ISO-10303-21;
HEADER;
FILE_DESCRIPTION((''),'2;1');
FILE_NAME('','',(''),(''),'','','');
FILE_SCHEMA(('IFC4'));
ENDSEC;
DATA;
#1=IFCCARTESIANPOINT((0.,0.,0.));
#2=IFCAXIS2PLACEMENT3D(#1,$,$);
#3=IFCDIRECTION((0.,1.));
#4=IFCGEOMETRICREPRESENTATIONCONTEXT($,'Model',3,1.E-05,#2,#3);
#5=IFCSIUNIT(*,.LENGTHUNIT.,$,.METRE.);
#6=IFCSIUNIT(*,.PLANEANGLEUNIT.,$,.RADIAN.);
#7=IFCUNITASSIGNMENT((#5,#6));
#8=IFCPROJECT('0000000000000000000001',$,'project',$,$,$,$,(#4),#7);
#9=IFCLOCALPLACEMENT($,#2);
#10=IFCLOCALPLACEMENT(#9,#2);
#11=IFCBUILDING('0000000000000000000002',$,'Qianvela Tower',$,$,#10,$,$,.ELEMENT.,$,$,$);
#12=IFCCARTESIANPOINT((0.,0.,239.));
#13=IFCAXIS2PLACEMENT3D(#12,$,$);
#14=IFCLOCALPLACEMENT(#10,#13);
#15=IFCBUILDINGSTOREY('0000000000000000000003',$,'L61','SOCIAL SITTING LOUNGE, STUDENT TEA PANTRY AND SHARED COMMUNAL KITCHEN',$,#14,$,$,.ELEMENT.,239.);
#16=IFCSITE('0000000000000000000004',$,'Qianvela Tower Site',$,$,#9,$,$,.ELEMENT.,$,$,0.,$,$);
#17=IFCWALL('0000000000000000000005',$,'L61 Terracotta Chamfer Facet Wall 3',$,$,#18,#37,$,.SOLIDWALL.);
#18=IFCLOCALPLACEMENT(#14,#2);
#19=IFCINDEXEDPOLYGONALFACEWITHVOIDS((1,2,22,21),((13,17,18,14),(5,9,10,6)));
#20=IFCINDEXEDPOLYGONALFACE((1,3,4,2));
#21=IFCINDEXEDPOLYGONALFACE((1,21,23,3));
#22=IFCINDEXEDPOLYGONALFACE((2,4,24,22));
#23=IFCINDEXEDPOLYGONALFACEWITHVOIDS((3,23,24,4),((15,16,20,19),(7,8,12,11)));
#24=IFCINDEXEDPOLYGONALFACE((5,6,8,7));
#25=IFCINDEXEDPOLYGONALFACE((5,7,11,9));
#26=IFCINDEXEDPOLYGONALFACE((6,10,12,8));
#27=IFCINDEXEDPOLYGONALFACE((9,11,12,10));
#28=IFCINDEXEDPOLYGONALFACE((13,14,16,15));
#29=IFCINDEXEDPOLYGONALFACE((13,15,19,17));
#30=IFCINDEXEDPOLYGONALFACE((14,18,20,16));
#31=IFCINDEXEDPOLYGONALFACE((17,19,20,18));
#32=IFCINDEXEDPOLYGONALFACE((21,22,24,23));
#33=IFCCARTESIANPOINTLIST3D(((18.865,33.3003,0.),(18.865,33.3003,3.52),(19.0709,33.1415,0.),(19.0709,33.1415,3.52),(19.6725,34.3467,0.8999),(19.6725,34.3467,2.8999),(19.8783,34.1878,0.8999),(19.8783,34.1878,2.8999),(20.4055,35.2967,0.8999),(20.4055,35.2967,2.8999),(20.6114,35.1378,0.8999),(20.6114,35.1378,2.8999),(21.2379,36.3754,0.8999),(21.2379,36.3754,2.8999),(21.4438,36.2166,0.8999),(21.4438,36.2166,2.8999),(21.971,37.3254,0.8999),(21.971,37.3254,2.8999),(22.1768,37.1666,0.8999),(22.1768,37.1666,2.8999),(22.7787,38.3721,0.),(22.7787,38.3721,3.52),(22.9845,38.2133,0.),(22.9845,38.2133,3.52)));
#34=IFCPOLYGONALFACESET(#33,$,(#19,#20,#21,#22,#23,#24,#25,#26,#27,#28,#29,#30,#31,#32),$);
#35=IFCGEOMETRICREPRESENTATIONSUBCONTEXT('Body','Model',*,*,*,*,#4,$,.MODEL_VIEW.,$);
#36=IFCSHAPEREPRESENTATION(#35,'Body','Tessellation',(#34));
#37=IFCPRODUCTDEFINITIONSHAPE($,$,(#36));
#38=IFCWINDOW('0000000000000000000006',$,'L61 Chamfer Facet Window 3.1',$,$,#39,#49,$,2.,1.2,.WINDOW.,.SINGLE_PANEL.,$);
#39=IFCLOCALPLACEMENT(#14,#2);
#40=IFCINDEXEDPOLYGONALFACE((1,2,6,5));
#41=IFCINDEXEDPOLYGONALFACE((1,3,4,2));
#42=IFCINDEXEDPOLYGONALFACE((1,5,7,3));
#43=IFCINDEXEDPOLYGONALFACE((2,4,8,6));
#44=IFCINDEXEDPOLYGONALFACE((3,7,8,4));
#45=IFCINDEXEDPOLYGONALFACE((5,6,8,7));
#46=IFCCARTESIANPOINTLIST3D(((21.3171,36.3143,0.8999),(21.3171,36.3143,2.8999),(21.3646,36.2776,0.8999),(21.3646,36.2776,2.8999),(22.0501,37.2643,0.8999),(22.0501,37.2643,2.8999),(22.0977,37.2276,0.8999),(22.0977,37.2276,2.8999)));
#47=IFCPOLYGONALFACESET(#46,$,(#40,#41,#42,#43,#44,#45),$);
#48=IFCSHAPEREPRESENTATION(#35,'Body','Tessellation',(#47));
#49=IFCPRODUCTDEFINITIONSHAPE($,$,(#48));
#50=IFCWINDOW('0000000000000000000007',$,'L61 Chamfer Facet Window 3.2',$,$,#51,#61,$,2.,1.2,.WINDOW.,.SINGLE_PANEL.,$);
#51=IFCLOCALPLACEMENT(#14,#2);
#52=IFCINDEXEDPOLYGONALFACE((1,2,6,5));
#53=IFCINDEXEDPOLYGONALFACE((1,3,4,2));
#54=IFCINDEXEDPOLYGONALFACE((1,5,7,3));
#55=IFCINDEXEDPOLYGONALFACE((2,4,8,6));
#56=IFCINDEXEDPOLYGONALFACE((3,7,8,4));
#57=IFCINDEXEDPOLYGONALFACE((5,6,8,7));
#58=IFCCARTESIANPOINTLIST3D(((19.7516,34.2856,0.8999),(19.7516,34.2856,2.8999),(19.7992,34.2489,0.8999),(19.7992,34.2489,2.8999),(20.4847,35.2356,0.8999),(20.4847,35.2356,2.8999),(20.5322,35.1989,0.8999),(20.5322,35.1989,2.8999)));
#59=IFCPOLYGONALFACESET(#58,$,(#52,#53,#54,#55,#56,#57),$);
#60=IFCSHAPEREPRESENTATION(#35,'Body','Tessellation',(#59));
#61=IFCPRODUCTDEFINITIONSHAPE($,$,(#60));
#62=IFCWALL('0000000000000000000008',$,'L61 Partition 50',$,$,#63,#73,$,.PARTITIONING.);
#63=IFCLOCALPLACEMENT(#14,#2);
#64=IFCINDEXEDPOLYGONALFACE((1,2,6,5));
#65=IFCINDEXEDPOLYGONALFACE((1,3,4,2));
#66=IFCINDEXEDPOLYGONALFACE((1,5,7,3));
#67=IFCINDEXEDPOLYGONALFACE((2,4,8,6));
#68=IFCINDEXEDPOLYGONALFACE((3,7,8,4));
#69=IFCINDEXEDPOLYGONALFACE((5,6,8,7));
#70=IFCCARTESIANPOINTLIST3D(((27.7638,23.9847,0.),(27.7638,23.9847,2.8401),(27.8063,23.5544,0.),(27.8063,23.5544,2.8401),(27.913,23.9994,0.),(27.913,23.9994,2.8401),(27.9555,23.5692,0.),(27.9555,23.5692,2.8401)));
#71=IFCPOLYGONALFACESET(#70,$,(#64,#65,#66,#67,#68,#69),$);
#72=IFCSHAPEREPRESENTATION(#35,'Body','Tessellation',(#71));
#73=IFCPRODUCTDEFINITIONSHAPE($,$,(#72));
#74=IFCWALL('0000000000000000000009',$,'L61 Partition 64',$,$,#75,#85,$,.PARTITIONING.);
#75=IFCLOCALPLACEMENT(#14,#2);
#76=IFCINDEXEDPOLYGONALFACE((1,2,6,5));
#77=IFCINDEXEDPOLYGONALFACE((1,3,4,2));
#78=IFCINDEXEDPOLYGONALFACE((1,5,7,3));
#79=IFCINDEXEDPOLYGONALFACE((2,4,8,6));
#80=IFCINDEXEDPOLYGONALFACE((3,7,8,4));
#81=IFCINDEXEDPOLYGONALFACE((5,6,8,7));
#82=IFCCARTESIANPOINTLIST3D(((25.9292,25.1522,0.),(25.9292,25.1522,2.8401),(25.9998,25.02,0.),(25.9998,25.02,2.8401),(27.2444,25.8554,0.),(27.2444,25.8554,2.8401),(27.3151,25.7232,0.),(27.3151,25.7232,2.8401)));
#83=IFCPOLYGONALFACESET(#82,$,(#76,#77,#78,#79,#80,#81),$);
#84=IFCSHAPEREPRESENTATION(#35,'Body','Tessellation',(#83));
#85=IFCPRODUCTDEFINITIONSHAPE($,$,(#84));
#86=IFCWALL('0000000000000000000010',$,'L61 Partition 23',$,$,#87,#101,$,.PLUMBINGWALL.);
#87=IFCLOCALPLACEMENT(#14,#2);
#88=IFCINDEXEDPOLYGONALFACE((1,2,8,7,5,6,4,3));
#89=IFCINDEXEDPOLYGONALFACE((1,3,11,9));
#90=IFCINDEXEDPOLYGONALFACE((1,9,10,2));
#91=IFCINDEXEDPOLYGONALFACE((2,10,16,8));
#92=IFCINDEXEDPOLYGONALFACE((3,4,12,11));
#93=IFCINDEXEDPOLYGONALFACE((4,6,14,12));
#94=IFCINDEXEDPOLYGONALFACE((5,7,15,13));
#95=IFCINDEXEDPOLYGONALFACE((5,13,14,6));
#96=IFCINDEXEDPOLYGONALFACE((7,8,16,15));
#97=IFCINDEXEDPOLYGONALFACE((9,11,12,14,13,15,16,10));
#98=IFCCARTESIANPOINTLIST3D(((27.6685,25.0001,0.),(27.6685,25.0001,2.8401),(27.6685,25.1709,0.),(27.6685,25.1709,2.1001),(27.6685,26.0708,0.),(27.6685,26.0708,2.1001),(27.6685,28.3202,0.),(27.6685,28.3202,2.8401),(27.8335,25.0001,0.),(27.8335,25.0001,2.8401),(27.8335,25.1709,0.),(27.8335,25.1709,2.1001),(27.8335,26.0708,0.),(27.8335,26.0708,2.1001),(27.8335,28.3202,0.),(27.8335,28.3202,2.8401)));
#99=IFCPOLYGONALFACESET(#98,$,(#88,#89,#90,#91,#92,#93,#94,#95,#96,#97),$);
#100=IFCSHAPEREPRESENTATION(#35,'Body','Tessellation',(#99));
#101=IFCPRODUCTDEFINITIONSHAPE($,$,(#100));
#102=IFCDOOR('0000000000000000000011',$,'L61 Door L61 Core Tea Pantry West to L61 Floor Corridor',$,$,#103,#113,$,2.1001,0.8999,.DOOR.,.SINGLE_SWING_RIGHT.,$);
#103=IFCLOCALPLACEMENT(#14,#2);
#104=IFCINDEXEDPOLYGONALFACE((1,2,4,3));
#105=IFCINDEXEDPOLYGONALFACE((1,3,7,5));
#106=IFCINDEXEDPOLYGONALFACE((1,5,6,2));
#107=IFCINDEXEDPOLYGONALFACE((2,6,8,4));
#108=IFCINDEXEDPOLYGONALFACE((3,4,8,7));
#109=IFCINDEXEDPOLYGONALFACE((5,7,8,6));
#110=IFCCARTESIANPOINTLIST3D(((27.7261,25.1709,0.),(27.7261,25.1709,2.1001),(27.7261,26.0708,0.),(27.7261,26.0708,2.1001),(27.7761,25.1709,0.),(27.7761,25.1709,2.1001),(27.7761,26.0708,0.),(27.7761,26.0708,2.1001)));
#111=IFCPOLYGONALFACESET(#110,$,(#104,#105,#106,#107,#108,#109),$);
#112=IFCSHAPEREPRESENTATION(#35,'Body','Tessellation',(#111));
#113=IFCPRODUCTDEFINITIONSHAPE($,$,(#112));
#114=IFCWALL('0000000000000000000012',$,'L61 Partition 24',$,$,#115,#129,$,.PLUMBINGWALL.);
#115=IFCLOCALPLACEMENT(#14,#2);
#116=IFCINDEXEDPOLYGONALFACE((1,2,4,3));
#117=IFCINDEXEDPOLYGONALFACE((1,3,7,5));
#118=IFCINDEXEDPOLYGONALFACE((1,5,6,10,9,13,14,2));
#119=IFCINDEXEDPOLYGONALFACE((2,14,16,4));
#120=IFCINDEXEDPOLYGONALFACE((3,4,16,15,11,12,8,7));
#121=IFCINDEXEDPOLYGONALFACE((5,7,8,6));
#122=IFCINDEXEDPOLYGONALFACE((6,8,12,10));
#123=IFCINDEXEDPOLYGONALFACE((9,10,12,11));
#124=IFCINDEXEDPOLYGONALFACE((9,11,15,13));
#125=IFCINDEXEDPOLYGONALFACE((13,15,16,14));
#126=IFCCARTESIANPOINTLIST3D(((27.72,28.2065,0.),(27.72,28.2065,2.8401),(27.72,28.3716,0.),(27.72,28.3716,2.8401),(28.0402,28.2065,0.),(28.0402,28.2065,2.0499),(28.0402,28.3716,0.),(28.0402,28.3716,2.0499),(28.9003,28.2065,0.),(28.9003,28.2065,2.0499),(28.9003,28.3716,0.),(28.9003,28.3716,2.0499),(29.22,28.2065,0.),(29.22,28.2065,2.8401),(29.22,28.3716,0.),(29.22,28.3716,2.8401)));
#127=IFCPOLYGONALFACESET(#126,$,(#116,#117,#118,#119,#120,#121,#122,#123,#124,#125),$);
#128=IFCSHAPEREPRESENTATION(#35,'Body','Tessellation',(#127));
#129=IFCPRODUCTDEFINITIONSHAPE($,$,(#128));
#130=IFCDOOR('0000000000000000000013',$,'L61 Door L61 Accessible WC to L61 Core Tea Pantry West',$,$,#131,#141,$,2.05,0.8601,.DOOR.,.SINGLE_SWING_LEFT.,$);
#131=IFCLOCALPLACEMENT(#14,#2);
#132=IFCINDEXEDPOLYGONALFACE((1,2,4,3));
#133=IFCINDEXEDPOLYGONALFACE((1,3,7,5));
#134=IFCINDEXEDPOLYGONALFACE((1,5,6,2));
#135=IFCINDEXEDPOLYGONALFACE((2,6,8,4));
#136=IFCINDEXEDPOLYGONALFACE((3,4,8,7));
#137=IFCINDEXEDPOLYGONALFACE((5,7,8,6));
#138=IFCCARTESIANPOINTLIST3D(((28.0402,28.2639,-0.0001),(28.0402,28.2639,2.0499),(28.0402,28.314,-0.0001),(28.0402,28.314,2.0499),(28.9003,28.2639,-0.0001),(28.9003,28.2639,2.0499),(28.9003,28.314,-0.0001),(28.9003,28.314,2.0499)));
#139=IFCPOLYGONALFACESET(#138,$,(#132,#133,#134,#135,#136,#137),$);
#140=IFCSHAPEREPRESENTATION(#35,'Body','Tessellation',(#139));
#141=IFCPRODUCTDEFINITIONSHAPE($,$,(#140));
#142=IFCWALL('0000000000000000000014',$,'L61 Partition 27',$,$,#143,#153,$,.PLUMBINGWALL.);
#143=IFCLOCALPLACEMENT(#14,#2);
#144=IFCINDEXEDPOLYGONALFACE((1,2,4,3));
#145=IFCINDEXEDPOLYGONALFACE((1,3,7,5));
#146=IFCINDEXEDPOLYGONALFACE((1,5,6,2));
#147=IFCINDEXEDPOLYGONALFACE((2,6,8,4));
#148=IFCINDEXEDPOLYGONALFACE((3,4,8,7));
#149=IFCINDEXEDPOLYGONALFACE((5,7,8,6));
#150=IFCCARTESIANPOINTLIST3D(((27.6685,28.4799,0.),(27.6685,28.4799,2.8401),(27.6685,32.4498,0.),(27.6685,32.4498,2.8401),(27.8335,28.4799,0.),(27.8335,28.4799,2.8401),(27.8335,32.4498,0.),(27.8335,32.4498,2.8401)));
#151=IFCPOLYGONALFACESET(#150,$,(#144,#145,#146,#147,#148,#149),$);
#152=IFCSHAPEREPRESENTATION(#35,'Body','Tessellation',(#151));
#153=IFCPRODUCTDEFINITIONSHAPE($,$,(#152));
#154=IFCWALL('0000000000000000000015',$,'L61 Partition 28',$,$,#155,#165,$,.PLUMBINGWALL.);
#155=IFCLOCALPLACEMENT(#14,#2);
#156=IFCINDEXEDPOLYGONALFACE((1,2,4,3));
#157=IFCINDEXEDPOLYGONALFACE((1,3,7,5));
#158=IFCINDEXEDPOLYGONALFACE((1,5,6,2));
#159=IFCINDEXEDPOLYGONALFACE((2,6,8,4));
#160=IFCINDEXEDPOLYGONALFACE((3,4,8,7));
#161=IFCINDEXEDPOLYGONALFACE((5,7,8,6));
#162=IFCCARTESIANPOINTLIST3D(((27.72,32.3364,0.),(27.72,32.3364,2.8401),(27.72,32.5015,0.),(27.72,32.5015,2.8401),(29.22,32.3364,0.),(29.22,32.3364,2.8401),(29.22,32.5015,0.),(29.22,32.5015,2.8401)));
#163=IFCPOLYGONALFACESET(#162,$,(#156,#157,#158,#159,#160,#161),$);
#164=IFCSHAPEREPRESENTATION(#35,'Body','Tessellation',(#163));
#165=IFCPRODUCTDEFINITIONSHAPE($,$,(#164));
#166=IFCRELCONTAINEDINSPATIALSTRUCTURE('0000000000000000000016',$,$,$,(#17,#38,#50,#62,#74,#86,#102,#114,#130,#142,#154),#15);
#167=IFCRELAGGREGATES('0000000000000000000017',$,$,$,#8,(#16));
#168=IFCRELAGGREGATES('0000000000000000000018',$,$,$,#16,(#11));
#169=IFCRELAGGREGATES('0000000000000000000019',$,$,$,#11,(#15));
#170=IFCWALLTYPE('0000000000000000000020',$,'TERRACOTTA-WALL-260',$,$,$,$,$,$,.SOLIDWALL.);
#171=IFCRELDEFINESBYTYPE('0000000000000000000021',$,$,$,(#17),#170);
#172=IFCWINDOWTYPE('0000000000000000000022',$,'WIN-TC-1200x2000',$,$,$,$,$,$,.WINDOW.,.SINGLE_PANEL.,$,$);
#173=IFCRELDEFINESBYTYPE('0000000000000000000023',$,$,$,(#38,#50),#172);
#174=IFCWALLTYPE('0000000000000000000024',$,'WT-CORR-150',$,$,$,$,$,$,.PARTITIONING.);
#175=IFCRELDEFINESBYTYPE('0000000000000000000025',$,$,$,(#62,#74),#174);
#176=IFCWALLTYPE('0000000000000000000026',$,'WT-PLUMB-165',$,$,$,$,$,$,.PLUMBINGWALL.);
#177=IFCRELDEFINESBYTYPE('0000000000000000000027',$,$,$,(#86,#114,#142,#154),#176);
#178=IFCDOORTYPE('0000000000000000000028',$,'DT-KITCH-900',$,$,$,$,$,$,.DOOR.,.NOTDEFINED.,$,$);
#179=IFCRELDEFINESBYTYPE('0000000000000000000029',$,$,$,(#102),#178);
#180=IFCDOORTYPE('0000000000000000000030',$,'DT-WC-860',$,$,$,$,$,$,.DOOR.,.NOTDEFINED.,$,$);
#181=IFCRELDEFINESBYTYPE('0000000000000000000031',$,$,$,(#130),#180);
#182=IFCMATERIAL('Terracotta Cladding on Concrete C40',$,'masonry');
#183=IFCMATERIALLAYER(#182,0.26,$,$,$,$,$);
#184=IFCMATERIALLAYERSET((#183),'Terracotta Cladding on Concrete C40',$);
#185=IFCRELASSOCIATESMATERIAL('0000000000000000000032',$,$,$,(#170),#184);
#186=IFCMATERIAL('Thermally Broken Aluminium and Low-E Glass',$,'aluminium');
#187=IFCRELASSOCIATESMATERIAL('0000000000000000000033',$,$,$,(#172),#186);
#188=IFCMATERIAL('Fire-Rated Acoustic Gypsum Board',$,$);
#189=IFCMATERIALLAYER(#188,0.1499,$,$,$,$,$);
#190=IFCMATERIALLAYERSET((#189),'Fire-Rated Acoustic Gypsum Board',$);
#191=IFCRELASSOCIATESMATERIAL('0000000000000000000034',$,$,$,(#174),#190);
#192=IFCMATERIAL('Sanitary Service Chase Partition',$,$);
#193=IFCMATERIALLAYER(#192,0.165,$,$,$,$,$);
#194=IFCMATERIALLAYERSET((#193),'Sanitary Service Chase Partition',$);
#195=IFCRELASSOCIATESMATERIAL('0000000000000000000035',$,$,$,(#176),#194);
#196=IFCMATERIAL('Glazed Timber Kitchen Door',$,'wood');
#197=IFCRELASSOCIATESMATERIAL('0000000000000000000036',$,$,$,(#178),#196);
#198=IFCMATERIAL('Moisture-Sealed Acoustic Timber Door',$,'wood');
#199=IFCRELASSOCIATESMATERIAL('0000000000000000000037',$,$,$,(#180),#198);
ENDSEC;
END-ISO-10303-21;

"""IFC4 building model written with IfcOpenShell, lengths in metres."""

from ifc_helpers import new_model, si_unit, direction, frame, frame_2d, origin, place, context, subcontext, project, spatial, rectangle, extrude, material, layer, layer_set, type_object, element, fill, save


model = new_model("IFC4")

# Units and contexts
model_context = context("Model", 3, precision=1e-05, world=origin(), true_north=direction((0.0, 1.0)))
body_context = subcontext(model_context, "Body", "Model", "MODEL_VIEW")
ifc_project = project(units=[si_unit("LENGTHUNIT", "METRE"), si_unit("PLANEANGLEUNIT", "RADIAN")], contexts=[model_context])

# Site, building, storey
site_placement = place(None, origin())
site = spatial("IfcSite", under=ifc_project, at=site_placement, Name="Qianvela Tower Site", CompositionType="ELEMENT", RefElevation=0.0)
building_placement = place(site_placement, origin())
building = spatial("IfcBuilding", under=site, at=building_placement, Name="Qianvela Tower", CompositionType="ELEMENT")
storey_placement = place(building_placement, frame((0.0, 0.0, 239.0)))
storey = spatial("IfcBuildingStorey", under=building, at=storey_placement, Name="L61", Description="SOCIAL SITTING LOUNGE, STUDENT TEA PANTRY AND SHARED COMMUNAL KITCHEN", CompositionType="ELEMENT", Elevation=239.0)

# Wall, openings, windows
ifc_material_1 = material(Name="Terracotta Cladding on Concrete C40", Category="masonry")
ifc_layer_1 = layer(ifc_material_1, 0.26)
ifc_layer_set_1 = layer_set([ifc_layer_1], Name="Terracotta Cladding on Concrete C40")
wall_type_1 = type_object("IfcWallType", Name="TERRACOTTA-WALL-260", PredefinedType="SOLIDWALL", material=ifc_layer_set_1)
wall_1_placement = place(storey_placement, frame((22.8816, 38.2927, 0.0), z_axis=(0.0, 0.0, 1.0), x_axis=(-0.610907, -0.791702, 0.0)))
wall_1 = element("IfcWall", 1, at=wall_1_placement, inside=storey, type_object=wall_type_1, Name="L61 Terracotta Chamfer Facet Wall 3", PredefinedType="SOLIDWALL", context=body_context, shape_type="SweptSolid", body=[
    extrude(rectangle(XDim=6.4062, YDim=0.26, at=frame_2d((3.2031, 0.0))), origin(), (0.0, 0.0, 1.0), 3.52),
])
opening_1_placement = place(wall_1_placement, frame((1.322, 0.0, 0.8999)))
opening_1 = element("IfcOpeningElement", 2, at=opening_1_placement, cuts=wall_1, PredefinedType="OPENING", context=body_context, shape_type="SweptSolid", body=[
    extrude(rectangle(XDim=1.2, YDim=2.0, at=frame_2d((0.6001, 1.0))), frame((0.0, 0.1399, 0.0), z_axis=(0.0, -1.0, 0.0), x_axis=(1.0, 0.0, 0.0)), (0.0, 0.0, 1.0), 0.28),
])
opening_2_placement = place(wall_1_placement, frame((3.8845, 0.0, 0.8999)))
opening_2 = element("IfcOpeningElement", 3, at=opening_2_placement, cuts=wall_1, PredefinedType="OPENING", context=body_context, shape_type="SweptSolid", body=[
    extrude(rectangle(XDim=1.2, YDim=2.0, at=frame_2d((0.6001, 1.0))), frame((0.0, 0.1399, 0.0), z_axis=(0.0, -1.0, 0.0), x_axis=(1.0, 0.0, 0.0)), (0.0, 0.0, 1.0), 0.28),
])
ifc_material_2 = material(Name="Thermally Broken Aluminium and Low-E Glass", Category="aluminium")
window_type = type_object("IfcWindowType", Name="WIN-TC-1200x2000", PartitioningType="SINGLE_PANEL", PredefinedType="WINDOW", material=ifc_material_2)
window_1_placement = place(opening_1_placement, origin())
window_1 = element("IfcWindow", 4, at=window_1_placement, inside=storey, type_object=window_type, Name="L61 Chamfer Facet Window 3.1", OverallHeight=2.0, OverallWidth=1.2, PartitioningType="SINGLE_PANEL", PredefinedType="WINDOW", context=body_context, shape_type="SweptSolid", body=[
    extrude(rectangle(XDim=1.2, YDim=2.0, at=frame_2d((0.6001, 1.0))), frame((0.0, 0.03, 0.0), z_axis=(0.0, -1.0, 0.0), x_axis=(1.0, 0.0, 0.0)), (0.0, 0.0, 1.0), 0.0601),
])
fill(opening_1, window_1)
window_2_placement = place(opening_2_placement, origin())
window_2 = element("IfcWindow", 5, at=window_2_placement, inside=storey, type_object=window_type, Name="L61 Chamfer Facet Window 3.2", OverallHeight=2.0, OverallWidth=1.2, PartitioningType="SINGLE_PANEL", PredefinedType="WINDOW", context=body_context, shape_type="SweptSolid", body=[
    extrude(rectangle(XDim=1.2, YDim=2.0, at=frame_2d((0.6001, 1.0))), frame((0.0, 0.03, 0.0), z_axis=(0.0, -1.0, 0.0), x_axis=(1.0, 0.0, 0.0)), (0.0, 0.0, 1.0), 0.0601),
])
fill(opening_2, window_2)

# Walls
ifc_material_3 = material(Name="Fire-Rated Acoustic Gypsum Board")
ifc_layer_2 = layer(ifc_material_3, 0.1499)
ifc_layer_set_2 = layer_set([ifc_layer_2], Name="Fire-Rated Acoustic Gypsum Board")
wall_type_2 = type_object("IfcWallType", Name="WT-CORR-150", PredefinedType="PARTITIONING", material=ifc_layer_set_2)
wall_2_placement = place(storey_placement, frame((27.8384, 23.9922, 0.0), z_axis=(0.0, 0.0, 1.0), x_axis=(0.098273, -0.995159, 0.0)))
element("IfcWall", 6, at=wall_2_placement, inside=storey, type_object=wall_type_2, Name="L61 Partition 50", PredefinedType="PARTITIONING", context=body_context, shape_type="SweptSolid", body=[
    extrude(rectangle(XDim=0.4324, YDim=0.1499, at=frame_2d((0.2163, 0.0))), origin(), (0.0, 0.0, 1.0), 2.8401),
])
wall_3_placement = place(storey_placement, frame((25.9646, 25.0862, 0.0), z_axis=(0.0, 0.0, 1.0), x_axis=(0.881881, 0.471472, 0.0)))
element("IfcWall", 7, at=wall_3_placement, inside=storey, type_object=wall_type_2, Name="L61 Partition 64", PredefinedType="PARTITIONING", context=body_context, shape_type="SweptSolid", body=[
    extrude(rectangle(XDim=1.4915, YDim=0.1499, at=frame_2d((0.7456, 0.0))), origin(), (0.0, 0.0, 1.0), 2.8401),
])

# Walls, openings, doors
ifc_material_4 = material(Name="Sanitary Service Chase Partition")
ifc_layer_3 = layer(ifc_material_4, 0.165)
ifc_layer_set_3 = layer_set([ifc_layer_3], Name="Sanitary Service Chase Partition")
wall_type_3 = type_object("IfcWallType", Name="WT-PLUMB-165", PredefinedType="PLUMBINGWALL", material=ifc_layer_set_3)
wall_4_placement = place(storey_placement, frame((27.751, 25.0, 0.0), z_axis=(0.0, 0.0, 1.0), x_axis=(0.0, 1.0, 0.0)))
wall_4 = element("IfcWall", 8, at=wall_4_placement, inside=storey, type_object=wall_type_3, Name="L61 Partition 23", PredefinedType="PLUMBINGWALL", context=body_context, shape_type="SweptSolid", body=[
    extrude(rectangle(XDim=3.3201, YDim=0.165, at=frame_2d((1.6602, 0.0))), origin(), (0.0, 0.0, 1.0), 2.8401),
])
opening_3_placement = place(wall_4_placement, frame((0.1709, 0.0, 0.0)))
opening_3 = element("IfcOpeningElement", 9, at=opening_3_placement, cuts=wall_4, PredefinedType="OPENING", context=body_context, shape_type="SweptSolid", body=[
    extrude(rectangle(XDim=0.8999, YDim=2.1001, at=frame_2d((0.45, 1.05))), frame((0.0, 0.0925, 0.0), z_axis=(0.0, -1.0, 0.0), x_axis=(1.0, 0.0, 0.0)), (0.0, 0.0, 1.0), 0.1851),
])
ifc_material_5 = material(Name="Glazed Timber Kitchen Door", Category="wood")
door_type_1 = type_object("IfcDoorType", Name="DT-KITCH-900", OperationType="NOTDEFINED", PredefinedType="DOOR", material=ifc_material_5)
door_1_placement = place(opening_3_placement, origin())
door_1 = element("IfcDoor", 10, at=door_1_placement, inside=storey, type_object=door_type_1, Name="L61 Door L61 Core Tea Pantry West to L61 Floor Corridor", OperationType="SINGLE_SWING_RIGHT", OverallHeight=2.1001, OverallWidth=0.8999, PredefinedType="DOOR", context=body_context, shape_type="SweptSolid", body=[
    extrude(rectangle(XDim=0.8999, YDim=2.1001, at=frame_2d((0.45, 1.05))), frame((0.0, 0.0249, 0.0), z_axis=(0.0, -1.0, 0.0), x_axis=(1.0, 0.0, 0.0)), (0.0, 0.0, 1.0), 0.05),
])
fill(opening_3, door_1)
wall_5_placement = place(storey_placement, frame((27.72, 28.2891, 0.0), z_axis=(0.0, 0.0, 1.0), x_axis=(1.0, 0.0, 0.0)))
wall_5 = element("IfcWall", 11, at=wall_5_placement, inside=storey, type_object=wall_type_3, Name="L61 Partition 24", PredefinedType="PLUMBINGWALL", context=body_context, shape_type="SweptSolid", body=[
    extrude(rectangle(XDim=1.5, YDim=0.165, at=frame_2d((0.75, 0.0))), origin(), (0.0, 0.0, 1.0), 2.8401),
])
opening_4_placement = place(wall_5_placement, frame((0.3201, 0.0, 0.0)))
opening_4 = element("IfcOpeningElement", 12, at=opening_4_placement, cuts=wall_5, PredefinedType="OPENING", context=body_context, shape_type="SweptSolid", body=[
    extrude(rectangle(XDim=0.8601, YDim=2.05, at=frame_2d((0.4302, 1.0249))), frame((0.0, 0.0925, 0.0), z_axis=(0.0, -1.0, 0.0), x_axis=(1.0, 0.0, 0.0)), (0.0, 0.0, 1.0), 0.1851),
])
ifc_material_6 = material(Name="Moisture-Sealed Acoustic Timber Door", Category="wood")
door_type_2 = type_object("IfcDoorType", Name="DT-WC-860", OperationType="NOTDEFINED", PredefinedType="DOOR", material=ifc_material_6)
door_2_placement = place(opening_4_placement, origin())
door_2 = element("IfcDoor", 13, at=door_2_placement, inside=storey, type_object=door_type_2, Name="L61 Door L61 Accessible WC to L61 Core Tea Pantry West", OperationType="SINGLE_SWING_LEFT", OverallHeight=2.05, OverallWidth=0.8601, PredefinedType="DOOR", context=body_context, shape_type="SweptSolid", body=[
    extrude(rectangle(XDim=0.8601, YDim=2.05, at=frame_2d((0.4302, 1.0249))), frame((0.0, 0.0249, 0.0), z_axis=(0.0, -1.0, 0.0), x_axis=(1.0, 0.0, 0.0)), (0.0, 0.0, 1.0), 0.05),
])
fill(opening_4, door_2)

# Walls
wall_6_placement = place(storey_placement, frame((27.751, 28.48, 0.0), z_axis=(0.0, 0.0, 1.0), x_axis=(0.0, 1.0, 0.0)))
element("IfcWall", 14, at=wall_6_placement, inside=storey, type_object=wall_type_3, Name="L61 Partition 27", PredefinedType="PLUMBINGWALL", context=body_context, shape_type="SweptSolid", body=[
    extrude(rectangle(XDim=3.97, YDim=0.165, at=frame_2d((1.9849, 0.0))), origin(), (0.0, 0.0, 1.0), 2.8401),
])
wall_7_placement = place(storey_placement, frame((27.72, 32.4189, 0.0), z_axis=(0.0, 0.0, 1.0), x_axis=(1.0, 0.0, 0.0)))
element("IfcWall", 15, at=wall_7_placement, inside=storey, type_object=wall_type_3, Name="L61 Partition 28", PredefinedType="PLUMBINGWALL", context=body_context, shape_type="SweptSolid", body=[
    extrude(rectangle(XDim=1.5, YDim=0.165, at=frame_2d((0.75, 0.0))), origin(), (0.0, 0.0, 1.0), 2.8401),
])

save(model, "model.ifc")
